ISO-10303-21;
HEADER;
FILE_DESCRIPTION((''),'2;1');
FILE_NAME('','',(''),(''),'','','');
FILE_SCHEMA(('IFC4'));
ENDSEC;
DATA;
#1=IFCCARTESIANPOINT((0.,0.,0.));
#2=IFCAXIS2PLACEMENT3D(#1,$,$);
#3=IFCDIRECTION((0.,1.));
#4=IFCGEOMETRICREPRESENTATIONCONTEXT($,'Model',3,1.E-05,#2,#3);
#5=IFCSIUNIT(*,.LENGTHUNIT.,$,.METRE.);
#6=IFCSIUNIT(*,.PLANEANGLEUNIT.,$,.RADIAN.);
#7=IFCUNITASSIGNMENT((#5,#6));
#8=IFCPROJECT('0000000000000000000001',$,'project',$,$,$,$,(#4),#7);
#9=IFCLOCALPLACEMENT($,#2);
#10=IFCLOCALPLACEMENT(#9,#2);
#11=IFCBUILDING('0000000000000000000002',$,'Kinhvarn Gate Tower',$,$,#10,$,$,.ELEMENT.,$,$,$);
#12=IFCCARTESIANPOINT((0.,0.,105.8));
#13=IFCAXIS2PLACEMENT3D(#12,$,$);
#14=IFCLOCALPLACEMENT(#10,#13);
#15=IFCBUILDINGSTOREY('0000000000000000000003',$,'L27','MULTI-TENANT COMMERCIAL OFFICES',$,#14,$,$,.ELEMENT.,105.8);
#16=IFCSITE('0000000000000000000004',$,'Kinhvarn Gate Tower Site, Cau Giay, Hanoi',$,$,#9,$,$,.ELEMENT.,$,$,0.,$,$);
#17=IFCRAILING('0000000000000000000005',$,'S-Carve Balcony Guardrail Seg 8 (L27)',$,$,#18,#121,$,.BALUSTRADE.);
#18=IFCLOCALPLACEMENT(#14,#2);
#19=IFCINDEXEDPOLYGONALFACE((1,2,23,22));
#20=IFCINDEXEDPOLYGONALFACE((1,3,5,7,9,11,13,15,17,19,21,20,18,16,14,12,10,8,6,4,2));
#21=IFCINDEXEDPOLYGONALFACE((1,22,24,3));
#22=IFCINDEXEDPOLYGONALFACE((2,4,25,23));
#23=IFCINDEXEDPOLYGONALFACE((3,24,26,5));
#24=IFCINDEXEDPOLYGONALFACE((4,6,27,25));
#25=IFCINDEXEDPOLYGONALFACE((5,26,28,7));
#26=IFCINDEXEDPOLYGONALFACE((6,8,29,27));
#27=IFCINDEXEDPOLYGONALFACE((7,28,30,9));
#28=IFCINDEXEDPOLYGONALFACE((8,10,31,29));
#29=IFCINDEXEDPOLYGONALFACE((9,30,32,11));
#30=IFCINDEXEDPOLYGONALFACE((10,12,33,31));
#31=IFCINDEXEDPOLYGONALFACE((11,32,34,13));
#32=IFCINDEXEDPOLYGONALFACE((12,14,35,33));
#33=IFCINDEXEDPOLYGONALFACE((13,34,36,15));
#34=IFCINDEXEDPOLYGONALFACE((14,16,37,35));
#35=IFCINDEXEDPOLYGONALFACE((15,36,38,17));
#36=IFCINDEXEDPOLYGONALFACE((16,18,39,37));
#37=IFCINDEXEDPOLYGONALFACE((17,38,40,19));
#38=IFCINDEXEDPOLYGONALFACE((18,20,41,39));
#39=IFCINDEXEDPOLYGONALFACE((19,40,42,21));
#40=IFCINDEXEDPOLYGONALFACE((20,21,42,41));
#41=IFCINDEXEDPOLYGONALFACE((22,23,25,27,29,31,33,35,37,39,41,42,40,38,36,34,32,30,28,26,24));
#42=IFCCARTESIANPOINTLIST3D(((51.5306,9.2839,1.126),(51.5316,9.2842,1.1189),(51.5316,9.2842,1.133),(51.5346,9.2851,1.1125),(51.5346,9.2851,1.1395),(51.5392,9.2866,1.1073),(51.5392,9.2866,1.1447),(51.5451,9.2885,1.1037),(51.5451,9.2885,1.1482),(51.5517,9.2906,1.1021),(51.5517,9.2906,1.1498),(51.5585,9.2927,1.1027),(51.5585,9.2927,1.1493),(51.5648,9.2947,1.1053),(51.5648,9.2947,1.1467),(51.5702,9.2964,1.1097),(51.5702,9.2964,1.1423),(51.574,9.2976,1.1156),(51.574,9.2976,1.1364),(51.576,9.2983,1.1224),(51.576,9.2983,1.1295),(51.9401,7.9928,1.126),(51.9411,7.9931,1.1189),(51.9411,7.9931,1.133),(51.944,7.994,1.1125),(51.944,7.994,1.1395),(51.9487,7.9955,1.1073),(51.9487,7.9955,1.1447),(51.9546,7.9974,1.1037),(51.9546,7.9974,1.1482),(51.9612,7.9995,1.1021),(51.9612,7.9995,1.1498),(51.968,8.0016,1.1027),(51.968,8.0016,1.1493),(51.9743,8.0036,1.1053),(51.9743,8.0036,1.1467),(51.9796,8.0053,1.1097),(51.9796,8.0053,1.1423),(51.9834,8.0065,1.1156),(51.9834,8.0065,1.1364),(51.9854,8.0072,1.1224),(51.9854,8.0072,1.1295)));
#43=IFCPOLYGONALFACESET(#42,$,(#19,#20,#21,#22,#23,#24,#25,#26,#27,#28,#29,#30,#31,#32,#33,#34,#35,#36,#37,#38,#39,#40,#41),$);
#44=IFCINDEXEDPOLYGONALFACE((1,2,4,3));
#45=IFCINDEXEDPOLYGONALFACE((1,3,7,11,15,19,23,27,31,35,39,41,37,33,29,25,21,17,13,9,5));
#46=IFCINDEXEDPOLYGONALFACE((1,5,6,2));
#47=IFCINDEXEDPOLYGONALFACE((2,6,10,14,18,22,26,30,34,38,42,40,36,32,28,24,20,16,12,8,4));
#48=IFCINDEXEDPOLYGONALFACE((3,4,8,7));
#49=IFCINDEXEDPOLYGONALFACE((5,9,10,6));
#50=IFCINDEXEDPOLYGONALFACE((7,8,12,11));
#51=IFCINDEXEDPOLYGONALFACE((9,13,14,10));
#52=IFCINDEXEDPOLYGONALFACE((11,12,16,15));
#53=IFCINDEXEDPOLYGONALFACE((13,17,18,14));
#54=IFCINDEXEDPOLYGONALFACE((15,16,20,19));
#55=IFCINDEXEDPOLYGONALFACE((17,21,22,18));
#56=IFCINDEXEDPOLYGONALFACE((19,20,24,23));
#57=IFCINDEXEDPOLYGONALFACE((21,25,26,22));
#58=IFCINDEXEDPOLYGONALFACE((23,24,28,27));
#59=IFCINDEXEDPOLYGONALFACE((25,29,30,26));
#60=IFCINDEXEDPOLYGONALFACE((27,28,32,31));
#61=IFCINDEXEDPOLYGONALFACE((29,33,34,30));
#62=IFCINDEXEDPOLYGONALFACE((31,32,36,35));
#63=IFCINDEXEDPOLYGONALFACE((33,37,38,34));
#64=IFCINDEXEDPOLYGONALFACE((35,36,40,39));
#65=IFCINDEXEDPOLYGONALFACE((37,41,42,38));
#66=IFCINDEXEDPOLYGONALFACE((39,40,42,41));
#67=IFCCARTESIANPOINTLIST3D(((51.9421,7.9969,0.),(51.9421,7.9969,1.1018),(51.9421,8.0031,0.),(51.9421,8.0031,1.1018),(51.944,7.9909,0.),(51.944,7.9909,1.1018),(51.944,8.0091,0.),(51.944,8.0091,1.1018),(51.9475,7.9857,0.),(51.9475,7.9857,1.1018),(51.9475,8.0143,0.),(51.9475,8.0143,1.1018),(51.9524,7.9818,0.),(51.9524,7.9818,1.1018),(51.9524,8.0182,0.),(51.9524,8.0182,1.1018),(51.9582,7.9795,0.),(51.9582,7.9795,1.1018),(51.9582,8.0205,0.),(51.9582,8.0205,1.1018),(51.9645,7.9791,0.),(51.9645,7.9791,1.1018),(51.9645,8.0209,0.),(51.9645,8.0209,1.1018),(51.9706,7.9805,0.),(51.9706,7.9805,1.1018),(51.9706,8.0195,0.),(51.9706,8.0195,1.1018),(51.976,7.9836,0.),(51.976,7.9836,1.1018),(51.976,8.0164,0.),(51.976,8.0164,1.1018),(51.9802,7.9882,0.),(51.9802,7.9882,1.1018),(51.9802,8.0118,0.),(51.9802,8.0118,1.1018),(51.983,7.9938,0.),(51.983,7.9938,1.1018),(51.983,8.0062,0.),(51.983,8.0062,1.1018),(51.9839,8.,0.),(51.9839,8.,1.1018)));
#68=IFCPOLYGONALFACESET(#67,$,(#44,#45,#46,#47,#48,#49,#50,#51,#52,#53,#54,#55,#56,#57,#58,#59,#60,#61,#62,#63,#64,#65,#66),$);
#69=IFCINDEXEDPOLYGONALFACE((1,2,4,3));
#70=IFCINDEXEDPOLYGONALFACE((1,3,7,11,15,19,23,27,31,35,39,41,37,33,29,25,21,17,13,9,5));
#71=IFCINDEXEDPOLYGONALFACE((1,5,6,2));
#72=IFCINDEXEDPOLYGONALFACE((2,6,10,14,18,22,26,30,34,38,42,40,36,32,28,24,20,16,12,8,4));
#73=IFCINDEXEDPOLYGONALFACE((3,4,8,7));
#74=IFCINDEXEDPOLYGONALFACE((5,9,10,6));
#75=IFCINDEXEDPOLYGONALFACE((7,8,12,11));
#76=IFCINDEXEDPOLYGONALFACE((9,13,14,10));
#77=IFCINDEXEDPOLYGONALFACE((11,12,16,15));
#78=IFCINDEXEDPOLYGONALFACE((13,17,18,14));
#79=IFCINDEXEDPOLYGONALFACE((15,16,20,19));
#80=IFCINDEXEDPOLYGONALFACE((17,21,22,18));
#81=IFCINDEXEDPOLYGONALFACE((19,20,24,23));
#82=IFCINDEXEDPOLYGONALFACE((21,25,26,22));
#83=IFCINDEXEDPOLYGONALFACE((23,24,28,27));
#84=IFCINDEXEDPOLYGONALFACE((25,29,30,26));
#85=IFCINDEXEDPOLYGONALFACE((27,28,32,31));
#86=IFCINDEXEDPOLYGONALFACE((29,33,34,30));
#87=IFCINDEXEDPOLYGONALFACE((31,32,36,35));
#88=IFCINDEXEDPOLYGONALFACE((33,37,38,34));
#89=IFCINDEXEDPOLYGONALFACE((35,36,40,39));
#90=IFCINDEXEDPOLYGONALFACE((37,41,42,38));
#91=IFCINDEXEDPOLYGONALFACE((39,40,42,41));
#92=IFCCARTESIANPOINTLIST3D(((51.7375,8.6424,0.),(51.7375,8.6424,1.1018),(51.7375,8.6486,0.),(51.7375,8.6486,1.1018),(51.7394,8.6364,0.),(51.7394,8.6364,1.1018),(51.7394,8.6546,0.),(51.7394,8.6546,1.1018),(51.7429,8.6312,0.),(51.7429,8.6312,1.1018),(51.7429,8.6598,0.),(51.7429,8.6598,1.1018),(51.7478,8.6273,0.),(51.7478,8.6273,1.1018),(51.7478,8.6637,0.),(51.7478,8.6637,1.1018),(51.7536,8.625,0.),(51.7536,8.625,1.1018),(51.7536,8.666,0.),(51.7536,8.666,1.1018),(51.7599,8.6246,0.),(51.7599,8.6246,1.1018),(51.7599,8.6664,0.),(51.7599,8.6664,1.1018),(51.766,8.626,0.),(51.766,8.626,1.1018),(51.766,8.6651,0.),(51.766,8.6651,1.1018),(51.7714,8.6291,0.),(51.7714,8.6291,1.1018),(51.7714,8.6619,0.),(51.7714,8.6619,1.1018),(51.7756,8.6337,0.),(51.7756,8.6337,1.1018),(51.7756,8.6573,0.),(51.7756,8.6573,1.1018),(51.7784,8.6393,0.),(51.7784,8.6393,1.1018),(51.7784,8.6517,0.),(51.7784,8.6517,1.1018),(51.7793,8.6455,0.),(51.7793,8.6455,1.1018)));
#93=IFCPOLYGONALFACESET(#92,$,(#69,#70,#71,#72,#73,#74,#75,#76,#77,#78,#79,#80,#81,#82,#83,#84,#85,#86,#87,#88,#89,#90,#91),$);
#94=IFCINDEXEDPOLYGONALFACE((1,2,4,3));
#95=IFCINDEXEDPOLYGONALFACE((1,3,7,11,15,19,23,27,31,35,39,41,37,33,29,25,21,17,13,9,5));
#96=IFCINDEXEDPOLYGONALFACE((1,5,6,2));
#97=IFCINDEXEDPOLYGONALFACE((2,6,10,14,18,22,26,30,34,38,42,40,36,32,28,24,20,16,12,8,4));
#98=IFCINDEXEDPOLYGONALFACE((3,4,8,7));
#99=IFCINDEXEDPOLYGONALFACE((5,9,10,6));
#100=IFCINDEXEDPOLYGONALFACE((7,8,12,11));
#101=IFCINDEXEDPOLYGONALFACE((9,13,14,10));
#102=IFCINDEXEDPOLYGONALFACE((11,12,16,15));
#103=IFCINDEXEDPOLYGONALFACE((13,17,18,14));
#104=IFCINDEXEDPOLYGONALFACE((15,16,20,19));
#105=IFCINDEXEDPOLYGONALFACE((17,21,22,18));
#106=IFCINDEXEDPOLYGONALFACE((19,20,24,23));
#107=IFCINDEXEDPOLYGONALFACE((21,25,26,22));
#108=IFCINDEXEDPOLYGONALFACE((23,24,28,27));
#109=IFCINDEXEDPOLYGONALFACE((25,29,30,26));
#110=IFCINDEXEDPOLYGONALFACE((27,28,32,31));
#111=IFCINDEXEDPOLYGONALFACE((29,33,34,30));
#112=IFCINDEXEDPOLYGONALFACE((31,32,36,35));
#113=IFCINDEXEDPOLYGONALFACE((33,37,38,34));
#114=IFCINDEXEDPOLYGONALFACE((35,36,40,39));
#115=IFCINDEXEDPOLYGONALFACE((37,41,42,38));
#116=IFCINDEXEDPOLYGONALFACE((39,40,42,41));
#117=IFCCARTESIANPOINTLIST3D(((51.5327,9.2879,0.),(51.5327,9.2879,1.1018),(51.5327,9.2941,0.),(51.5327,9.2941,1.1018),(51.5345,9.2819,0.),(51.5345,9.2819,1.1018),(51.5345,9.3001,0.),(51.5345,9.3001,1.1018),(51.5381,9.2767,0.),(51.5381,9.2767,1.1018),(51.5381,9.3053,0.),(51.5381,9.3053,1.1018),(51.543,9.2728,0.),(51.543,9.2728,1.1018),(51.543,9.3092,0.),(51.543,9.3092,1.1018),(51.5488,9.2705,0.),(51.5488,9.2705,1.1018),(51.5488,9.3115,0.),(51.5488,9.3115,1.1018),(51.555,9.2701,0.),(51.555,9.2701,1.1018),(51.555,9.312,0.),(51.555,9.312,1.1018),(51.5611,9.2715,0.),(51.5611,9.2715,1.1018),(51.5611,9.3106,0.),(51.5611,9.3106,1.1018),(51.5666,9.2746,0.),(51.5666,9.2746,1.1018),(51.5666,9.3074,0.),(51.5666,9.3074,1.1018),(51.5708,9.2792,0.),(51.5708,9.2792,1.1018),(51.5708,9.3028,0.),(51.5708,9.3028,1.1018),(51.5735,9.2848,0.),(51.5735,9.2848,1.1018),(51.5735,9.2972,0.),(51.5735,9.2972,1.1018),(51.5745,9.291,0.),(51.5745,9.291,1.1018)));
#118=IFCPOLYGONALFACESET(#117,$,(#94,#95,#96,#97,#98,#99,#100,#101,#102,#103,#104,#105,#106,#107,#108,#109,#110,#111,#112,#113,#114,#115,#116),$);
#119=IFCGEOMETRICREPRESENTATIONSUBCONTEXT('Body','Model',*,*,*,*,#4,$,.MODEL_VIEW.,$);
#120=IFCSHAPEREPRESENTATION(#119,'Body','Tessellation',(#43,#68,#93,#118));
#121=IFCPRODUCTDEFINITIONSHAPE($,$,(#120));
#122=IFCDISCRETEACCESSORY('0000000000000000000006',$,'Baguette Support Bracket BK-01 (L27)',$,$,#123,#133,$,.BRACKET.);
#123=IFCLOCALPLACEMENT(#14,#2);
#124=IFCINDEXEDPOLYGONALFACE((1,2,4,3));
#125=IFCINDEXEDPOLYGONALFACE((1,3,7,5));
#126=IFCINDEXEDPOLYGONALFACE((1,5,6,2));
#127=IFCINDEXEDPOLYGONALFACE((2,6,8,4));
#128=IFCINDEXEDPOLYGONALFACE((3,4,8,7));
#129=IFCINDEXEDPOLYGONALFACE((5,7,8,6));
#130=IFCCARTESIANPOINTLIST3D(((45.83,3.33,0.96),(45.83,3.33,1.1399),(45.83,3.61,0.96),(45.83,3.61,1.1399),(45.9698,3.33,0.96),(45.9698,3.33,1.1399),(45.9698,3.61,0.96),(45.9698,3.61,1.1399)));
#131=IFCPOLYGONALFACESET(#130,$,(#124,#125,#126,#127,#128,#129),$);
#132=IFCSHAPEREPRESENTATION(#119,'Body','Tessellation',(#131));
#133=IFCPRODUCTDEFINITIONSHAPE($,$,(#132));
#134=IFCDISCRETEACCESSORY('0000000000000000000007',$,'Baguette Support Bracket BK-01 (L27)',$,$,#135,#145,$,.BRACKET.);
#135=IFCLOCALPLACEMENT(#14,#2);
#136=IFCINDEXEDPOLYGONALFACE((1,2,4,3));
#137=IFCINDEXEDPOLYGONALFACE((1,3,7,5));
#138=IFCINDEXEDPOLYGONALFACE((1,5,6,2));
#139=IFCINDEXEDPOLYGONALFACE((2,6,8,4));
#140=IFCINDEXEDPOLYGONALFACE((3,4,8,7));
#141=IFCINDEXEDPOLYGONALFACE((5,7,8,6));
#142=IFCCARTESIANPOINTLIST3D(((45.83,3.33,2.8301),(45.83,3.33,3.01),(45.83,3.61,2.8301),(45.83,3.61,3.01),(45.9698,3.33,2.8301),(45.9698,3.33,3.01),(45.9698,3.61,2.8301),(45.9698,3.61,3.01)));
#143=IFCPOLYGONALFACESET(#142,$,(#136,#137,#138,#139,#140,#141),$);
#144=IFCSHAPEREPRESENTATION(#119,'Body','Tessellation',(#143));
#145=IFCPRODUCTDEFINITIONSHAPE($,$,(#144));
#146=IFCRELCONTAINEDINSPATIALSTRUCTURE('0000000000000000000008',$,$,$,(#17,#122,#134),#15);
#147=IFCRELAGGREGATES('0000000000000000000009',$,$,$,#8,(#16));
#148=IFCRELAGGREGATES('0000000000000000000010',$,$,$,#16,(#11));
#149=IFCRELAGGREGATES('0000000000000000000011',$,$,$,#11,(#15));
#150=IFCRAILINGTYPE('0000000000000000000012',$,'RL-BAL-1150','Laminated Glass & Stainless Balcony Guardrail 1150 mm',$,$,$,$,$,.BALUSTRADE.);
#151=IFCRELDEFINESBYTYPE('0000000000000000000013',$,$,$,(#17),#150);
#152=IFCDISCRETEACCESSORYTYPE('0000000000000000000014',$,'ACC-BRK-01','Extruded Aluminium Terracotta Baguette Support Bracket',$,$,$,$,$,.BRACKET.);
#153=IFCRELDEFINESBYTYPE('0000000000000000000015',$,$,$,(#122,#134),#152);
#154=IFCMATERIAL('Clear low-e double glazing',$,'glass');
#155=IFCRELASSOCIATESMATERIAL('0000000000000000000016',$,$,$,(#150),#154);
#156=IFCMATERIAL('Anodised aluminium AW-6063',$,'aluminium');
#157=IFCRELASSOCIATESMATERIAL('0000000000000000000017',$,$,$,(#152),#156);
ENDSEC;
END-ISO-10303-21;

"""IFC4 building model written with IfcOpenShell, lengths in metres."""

from ifc_helpers import new_model, si_unit, direction, frame, origin, origin_2d, place, context, subcontext, project, spatial, rectangle, circle, extrude, material, type_object, element, save


model = new_model("IFC4")

# Units and contexts
model_context = context("Model", 3, precision=1e-05, world=origin(), true_north=direction((0.0, 1.0)))
body_context = subcontext(model_context, "Body", "Model", "MODEL_VIEW")
ifc_project = project(units=[si_unit("LENGTHUNIT", "METRE"), si_unit("PLANEANGLEUNIT", "RADIAN")], contexts=[model_context])

# Site, building, storey
site_placement = place(None, origin())
site = spatial("IfcSite", under=ifc_project, at=site_placement, Name="Kinhvarn Gate Tower Site, Cau Giay, Hanoi", CompositionType="ELEMENT", RefElevation=0.0)
building_placement = place(site_placement, origin())
building = spatial("IfcBuilding", under=site, at=building_placement, Name="Kinhvarn Gate Tower", CompositionType="ELEMENT")
storey_placement = place(building_placement, frame((0.0, 0.0, 105.8)))
storey = spatial("IfcBuildingStorey", under=building, at=storey_placement, Name="L27", Description="MULTI-TENANT COMMERCIAL OFFICES", CompositionType="ELEMENT", Elevation=105.8)

# Shared definitions
ifc_material_1 = material(Name="Anodised aluminium AW-6063", Category="aluminium")

# Shared definitions
ifc_material_2 = material(Name="Clear low-e double glazing", Category="glass")

# Railing
railing_type = type_object("IfcRailingType", Name="RL-BAL-1150", Description="Laminated Glass & Stainless Balcony Guardrail 1150 mm", PredefinedType="BALUSTRADE", material=ifc_material_2)
railing_1_placement = place(storey_placement, frame((51.9629, 8.0, 0.0)))
element("IfcRailing", 1, at=railing_1_placement, inside=storey, type_object=railing_type, Name="S-Carve Balcony Guardrail Seg 8 (L27)", PredefinedType="BALUSTRADE", context=body_context, shape_type="SweptSolid", body=[
    extrude(circle(Radius=0.0239, at=origin_2d()), frame((0.0, 0.0, 1.126), z_axis=(-0.302296, 0.953214, 0.0), x_axis=(-0.953214, -0.302296, 0.0)), (0.0, 0.0, 1.0), 1.3545),
    extrude(circle(Radius=0.021, at=origin_2d()), origin(), (0.0, 0.0, 1.0), 1.1018),
    extrude(circle(Radius=0.021, at=origin_2d()), frame((-0.2046, 0.6455, 0.0)), (0.0, 0.0, 1.0), 1.1018),
    extrude(circle(Radius=0.021, at=origin_2d()), frame((-0.4094, 1.291, 0.0)), (0.0, 0.0, 1.0), 1.1018),
])

# Discrete accessories
discrete_accessory_type = type_object("IfcDiscreteAccessoryType", Name="ACC-BRK-01", Description="Extruded Aluminium Terracotta Baguette Support Bracket", PredefinedType="BRACKET", material=ifc_material_1)
for number, where, z_axis, x_axis, name in (
    (2, (45.8999, 3.47, 0.96), (0.0, 0.0, 1.0), (1.0, 0.0, 0.0), "Baguette Support Bracket BK-01 (L27)"),
    (3, (45.8999, 3.47, 2.8301), (0.0, 0.0, 1.0), (1.0, 0.0, 0.0), "Baguette Support Bracket BK-01 (L27)"),
):
    element("IfcDiscreteAccessory", number, at=place(storey_placement, frame(where, z_axis=z_axis, x_axis=x_axis)), inside=storey, type_object=discrete_accessory_type, Name=name, PredefinedType="BRACKET", context=body_context, shape_type="SweptSolid", body=[
        extrude(rectangle(XDim=0.1399, YDim=0.28, at=origin_2d()), origin(), (0.0, 0.0, 1.0), 0.1799),
    ])

save(model, "model.ifc")
